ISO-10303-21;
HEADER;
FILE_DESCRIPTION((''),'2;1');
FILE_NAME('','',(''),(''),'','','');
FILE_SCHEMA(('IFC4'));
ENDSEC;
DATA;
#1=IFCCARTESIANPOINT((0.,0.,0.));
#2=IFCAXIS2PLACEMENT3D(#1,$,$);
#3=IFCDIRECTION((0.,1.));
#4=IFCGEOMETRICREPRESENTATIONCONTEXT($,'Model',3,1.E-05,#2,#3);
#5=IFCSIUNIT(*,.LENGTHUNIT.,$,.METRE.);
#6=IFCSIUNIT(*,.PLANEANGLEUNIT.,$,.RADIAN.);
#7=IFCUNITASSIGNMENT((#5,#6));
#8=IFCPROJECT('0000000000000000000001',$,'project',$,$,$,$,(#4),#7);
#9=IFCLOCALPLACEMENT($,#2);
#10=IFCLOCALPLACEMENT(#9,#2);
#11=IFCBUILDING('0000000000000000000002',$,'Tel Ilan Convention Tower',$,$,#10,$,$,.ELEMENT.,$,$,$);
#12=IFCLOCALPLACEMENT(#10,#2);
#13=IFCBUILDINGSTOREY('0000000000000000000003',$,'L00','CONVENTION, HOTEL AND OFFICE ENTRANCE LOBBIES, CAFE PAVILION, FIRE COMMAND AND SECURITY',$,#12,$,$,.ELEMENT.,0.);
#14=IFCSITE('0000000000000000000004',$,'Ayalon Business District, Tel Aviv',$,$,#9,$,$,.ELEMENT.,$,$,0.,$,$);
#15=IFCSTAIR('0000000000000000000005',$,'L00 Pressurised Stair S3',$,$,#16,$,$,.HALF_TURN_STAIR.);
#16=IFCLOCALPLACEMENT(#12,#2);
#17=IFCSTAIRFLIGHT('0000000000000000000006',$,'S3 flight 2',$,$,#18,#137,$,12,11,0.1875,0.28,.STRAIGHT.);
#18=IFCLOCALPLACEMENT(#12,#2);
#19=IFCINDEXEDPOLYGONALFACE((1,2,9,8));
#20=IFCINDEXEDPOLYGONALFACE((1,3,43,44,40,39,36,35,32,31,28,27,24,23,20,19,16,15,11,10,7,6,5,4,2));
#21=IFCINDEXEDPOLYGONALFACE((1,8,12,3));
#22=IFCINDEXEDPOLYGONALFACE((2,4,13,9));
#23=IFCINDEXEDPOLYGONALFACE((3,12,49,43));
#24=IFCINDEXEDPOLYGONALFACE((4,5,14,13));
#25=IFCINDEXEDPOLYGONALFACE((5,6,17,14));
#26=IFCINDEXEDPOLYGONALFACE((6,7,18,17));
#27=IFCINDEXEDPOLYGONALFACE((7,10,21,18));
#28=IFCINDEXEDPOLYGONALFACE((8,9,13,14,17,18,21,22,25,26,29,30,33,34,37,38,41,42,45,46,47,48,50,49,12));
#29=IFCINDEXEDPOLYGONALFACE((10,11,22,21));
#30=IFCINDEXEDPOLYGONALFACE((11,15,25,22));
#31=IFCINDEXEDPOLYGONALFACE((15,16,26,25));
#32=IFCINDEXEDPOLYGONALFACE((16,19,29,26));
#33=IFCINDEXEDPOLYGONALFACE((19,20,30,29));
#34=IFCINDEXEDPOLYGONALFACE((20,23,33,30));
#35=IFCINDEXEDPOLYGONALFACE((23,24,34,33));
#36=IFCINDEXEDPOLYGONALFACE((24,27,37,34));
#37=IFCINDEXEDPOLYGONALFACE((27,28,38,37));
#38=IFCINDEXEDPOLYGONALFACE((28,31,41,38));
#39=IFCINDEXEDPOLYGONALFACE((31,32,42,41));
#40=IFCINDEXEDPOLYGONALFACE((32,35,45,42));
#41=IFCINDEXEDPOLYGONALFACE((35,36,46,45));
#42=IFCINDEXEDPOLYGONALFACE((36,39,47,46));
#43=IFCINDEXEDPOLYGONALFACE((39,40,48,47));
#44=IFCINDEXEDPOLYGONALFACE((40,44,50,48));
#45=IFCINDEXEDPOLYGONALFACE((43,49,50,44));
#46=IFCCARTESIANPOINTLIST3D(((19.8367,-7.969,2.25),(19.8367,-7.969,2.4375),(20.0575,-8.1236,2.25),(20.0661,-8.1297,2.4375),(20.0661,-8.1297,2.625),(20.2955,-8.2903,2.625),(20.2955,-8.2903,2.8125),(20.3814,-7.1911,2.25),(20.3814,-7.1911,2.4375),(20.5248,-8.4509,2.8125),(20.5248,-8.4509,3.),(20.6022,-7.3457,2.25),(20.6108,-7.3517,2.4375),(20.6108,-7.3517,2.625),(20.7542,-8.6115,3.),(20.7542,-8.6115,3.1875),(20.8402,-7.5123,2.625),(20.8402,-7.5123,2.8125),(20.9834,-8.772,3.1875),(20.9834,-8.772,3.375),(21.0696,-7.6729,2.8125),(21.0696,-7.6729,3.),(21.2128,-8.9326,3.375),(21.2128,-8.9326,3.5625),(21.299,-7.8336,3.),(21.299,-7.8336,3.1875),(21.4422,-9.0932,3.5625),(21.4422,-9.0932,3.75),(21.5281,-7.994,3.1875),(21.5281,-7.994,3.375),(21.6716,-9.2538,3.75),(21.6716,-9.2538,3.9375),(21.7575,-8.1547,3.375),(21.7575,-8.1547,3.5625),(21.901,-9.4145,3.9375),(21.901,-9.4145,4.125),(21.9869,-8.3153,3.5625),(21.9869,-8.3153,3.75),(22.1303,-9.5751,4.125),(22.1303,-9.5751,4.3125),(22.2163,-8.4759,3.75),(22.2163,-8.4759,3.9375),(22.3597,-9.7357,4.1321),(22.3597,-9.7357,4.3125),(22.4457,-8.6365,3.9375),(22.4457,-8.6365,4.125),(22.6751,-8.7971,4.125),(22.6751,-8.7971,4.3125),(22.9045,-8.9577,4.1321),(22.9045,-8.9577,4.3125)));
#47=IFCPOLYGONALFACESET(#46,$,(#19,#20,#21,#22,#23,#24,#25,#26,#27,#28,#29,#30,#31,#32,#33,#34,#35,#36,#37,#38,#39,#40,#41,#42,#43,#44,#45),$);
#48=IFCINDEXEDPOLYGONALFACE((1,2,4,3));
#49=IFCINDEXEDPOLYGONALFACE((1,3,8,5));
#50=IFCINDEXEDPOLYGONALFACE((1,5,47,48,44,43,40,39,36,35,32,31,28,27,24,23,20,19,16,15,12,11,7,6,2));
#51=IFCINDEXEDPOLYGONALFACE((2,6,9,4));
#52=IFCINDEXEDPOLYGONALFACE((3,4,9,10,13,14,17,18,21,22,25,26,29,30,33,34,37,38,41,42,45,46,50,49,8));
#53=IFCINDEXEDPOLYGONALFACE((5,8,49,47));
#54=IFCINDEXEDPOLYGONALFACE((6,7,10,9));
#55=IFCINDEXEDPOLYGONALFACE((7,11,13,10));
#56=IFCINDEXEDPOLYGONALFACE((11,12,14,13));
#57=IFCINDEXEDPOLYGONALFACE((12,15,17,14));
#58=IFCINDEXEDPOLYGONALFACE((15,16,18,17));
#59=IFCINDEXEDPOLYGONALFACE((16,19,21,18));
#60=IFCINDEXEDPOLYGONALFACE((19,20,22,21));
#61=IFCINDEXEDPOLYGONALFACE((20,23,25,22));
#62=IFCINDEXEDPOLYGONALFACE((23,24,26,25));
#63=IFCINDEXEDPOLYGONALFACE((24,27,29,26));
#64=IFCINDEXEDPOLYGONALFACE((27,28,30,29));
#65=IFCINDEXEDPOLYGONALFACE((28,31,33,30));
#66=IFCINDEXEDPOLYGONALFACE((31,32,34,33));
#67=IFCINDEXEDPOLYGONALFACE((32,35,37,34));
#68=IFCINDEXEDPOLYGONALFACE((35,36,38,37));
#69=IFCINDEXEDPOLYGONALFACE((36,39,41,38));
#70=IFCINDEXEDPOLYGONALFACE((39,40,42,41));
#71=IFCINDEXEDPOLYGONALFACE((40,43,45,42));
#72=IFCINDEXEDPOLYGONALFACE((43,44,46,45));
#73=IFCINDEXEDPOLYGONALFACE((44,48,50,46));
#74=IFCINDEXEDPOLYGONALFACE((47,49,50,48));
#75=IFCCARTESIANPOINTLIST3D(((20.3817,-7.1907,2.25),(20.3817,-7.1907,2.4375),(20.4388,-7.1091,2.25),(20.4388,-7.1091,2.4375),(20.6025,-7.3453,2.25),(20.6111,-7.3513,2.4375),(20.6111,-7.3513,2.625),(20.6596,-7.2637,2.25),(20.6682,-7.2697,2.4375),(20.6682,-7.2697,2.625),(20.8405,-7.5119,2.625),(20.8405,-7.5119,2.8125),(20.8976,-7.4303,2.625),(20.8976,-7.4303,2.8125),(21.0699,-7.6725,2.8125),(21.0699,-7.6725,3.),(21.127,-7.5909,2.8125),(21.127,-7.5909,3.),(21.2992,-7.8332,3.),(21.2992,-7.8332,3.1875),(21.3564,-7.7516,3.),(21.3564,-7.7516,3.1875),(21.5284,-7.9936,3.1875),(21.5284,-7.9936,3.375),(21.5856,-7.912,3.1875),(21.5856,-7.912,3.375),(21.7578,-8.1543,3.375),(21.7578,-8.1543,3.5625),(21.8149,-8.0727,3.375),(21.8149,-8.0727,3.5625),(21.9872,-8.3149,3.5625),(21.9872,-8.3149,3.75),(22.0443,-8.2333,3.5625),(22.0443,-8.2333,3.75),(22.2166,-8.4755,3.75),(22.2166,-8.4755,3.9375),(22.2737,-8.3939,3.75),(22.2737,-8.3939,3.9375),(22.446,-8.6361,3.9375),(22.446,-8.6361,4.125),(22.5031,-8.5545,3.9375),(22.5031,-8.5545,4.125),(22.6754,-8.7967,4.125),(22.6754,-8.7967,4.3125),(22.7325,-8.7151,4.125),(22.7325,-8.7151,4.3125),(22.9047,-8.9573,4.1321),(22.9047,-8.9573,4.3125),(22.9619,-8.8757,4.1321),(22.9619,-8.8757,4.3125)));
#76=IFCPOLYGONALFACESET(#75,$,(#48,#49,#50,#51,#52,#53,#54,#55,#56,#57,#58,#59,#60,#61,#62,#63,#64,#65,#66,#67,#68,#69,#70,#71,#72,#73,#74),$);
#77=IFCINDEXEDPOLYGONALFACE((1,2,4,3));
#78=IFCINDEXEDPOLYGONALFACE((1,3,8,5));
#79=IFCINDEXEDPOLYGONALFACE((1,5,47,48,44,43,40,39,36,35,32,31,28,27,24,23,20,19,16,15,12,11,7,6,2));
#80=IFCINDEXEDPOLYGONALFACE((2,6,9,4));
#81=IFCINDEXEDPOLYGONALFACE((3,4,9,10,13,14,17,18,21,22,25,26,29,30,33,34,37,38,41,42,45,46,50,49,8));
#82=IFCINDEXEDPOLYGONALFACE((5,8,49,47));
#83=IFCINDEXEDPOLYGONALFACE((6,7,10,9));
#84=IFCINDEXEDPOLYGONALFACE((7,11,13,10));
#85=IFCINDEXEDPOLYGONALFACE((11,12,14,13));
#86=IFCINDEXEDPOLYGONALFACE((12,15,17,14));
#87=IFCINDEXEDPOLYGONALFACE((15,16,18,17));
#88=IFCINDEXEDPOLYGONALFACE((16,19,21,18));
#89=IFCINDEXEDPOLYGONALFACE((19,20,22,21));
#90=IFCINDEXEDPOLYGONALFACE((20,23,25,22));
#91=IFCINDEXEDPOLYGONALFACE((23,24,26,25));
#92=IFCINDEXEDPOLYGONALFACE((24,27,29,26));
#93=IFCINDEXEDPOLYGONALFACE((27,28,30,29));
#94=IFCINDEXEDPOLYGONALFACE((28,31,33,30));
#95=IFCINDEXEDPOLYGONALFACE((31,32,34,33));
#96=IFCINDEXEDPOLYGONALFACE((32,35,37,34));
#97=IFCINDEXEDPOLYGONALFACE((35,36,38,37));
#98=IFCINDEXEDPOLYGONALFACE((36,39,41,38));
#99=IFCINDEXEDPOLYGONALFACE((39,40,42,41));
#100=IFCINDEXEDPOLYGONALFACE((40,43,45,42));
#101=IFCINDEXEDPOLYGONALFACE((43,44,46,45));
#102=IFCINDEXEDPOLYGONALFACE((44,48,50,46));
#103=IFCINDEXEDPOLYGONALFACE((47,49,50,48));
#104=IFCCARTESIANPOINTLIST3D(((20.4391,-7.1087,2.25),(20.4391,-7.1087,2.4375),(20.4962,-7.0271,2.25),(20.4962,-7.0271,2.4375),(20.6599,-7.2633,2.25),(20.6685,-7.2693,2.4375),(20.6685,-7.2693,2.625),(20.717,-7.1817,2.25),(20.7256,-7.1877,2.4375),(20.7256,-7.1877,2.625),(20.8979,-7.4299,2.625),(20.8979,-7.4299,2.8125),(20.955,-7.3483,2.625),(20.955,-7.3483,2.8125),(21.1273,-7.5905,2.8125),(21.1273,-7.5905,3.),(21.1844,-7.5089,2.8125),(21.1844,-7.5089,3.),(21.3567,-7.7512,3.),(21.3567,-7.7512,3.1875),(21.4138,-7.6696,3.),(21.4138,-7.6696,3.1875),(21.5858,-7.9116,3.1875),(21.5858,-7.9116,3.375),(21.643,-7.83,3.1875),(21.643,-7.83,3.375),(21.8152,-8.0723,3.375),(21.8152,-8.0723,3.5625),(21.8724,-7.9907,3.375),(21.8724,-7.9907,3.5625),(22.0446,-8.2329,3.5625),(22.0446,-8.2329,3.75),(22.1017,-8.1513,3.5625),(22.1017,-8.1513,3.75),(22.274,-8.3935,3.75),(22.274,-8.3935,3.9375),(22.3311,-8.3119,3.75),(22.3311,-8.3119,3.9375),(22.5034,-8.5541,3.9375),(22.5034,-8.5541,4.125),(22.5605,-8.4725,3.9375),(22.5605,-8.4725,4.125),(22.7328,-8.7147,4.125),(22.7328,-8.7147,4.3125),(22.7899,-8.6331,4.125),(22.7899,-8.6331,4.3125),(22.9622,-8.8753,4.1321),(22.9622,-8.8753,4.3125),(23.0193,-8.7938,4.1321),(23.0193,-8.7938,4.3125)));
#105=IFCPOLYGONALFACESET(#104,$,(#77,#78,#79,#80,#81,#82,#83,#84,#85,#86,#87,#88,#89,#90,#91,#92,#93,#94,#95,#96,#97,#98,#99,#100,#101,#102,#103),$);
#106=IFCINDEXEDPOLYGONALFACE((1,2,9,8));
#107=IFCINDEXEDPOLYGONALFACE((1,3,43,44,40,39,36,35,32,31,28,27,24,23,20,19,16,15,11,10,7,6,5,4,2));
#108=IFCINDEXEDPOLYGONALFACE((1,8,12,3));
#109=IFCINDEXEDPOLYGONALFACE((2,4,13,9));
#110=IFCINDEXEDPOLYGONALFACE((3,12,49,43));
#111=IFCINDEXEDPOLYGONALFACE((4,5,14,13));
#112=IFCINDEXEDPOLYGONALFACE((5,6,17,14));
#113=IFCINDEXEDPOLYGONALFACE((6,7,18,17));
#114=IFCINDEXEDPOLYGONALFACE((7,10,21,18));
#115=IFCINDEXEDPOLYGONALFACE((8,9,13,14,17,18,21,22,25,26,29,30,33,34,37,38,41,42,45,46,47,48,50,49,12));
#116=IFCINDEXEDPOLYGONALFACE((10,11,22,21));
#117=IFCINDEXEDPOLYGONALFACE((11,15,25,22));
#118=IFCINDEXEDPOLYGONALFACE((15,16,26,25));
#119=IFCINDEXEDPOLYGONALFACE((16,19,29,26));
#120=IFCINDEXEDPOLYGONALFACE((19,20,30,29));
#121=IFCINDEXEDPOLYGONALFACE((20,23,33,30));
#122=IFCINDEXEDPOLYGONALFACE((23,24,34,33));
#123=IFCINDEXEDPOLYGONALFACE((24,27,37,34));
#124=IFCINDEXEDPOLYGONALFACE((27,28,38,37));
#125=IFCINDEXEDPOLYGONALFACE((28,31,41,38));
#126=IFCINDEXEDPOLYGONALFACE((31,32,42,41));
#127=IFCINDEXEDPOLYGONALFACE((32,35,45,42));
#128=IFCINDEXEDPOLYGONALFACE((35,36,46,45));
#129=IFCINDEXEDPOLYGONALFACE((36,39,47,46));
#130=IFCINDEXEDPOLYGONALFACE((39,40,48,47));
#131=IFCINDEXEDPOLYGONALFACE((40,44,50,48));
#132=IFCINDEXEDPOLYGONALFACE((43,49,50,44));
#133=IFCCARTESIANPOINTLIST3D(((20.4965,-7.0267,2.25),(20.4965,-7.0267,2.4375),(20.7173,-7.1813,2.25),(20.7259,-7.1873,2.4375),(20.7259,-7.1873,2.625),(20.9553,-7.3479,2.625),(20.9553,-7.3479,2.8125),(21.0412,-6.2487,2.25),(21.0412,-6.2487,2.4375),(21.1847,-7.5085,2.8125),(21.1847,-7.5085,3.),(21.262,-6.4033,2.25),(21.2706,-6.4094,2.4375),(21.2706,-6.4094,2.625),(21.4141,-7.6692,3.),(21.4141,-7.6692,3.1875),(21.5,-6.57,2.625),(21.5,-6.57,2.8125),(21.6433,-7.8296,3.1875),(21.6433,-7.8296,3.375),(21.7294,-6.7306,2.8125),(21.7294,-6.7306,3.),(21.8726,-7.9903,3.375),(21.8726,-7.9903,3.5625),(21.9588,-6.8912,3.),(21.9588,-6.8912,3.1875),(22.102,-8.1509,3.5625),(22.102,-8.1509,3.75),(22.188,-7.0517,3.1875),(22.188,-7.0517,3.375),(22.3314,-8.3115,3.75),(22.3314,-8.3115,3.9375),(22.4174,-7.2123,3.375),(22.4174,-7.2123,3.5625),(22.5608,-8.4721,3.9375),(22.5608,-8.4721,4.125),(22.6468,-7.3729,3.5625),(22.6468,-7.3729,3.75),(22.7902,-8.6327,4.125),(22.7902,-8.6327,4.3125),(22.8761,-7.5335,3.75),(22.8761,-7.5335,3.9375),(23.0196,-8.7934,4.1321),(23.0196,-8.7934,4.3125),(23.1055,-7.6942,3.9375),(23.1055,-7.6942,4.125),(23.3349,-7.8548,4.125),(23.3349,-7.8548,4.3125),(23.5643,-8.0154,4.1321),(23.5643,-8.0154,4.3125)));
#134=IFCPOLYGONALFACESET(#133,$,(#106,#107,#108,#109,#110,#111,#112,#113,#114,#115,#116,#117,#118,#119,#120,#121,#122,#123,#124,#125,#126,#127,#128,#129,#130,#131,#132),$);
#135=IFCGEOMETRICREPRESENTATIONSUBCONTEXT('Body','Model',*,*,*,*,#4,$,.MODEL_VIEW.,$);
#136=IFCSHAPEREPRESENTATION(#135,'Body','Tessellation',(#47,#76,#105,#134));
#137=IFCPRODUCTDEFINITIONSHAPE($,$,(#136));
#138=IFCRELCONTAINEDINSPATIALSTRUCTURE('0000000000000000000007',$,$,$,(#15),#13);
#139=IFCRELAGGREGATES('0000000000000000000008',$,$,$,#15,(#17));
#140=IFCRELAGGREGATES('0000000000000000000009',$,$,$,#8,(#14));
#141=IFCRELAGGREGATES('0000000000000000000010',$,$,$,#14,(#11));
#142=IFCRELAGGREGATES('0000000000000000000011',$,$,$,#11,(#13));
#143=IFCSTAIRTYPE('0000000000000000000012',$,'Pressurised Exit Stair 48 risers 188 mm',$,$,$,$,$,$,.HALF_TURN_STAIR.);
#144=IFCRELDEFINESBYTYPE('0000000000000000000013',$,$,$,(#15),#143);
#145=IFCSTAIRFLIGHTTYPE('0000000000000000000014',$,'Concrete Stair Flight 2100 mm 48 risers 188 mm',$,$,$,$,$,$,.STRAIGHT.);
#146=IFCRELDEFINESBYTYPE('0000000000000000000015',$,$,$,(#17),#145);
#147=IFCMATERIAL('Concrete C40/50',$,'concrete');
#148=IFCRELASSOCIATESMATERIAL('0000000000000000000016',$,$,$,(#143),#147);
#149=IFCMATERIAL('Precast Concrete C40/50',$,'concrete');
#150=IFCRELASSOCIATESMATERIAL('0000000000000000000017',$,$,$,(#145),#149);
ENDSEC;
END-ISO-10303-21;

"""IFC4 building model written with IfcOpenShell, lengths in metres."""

from ifc_helpers import new_model, si_unit, direction, frame, origin, place, context, subcontext, project, spatial, polyline, outline, extrude, material, type_object, element, aggregate, save


model = new_model("IFC4")

# Units and contexts
model_context = context("Model", 3, precision=1e-05, world=origin(), true_north=direction((0.0, 1.0)))
body_context = subcontext(model_context, "Body", "Model", "MODEL_VIEW")
ifc_project = project(units=[si_unit("LENGTHUNIT", "METRE"), si_unit("PLANEANGLEUNIT", "RADIAN")], contexts=[model_context])

# Site, building, storey
site_placement = place(None, origin())
site = spatial("IfcSite", under=ifc_project, at=site_placement, Name="Ayalon Business District, Tel Aviv", CompositionType="ELEMENT", RefElevation=0.0)
building_placement = place(site_placement, origin())
building = spatial("IfcBuilding", under=site, at=building_placement, Name="Tel Ilan Convention Tower", CompositionType="ELEMENT")
storey_placement = place(building_placement, origin())
storey = spatial("IfcBuildingStorey", under=building, at=storey_placement, Name="L00", Description="CONVENTION, HOTEL AND OFFICE ENTRANCE LOBBIES, CAFE PAVILION, FIRE COMMAND AND SECURITY", CompositionType="ELEMENT", Elevation=0.0)

# Stair, stair flight
ifc_material_1 = material(Name="Concrete C40/50", Category="concrete")
stair_type = type_object("IfcStairType", Name="Pressurised Exit Stair 48 risers 188 mm", PredefinedType="HALF_TURN_STAIR", material=ifc_material_1)
stair_placement = place(storey_placement, origin())
stair = element("IfcStair", 1, at=stair_placement, inside=storey, type_object=stair_type, Name="L00 Pressurised Stair S3", PredefinedType="HALF_TURN_STAIR")
ifc_material_2 = material(Name="Precast Concrete C40/50", Category="concrete")
stair_flight_type = type_object("IfcStairFlightType", Name="Concrete Stair Flight 2100 mm 48 risers 188 mm", PredefinedType="STRAIGHT", material=ifc_material_2)
stair_flight_1_placement = place(storey_placement, frame((20.439, -7.1089, 2.25), z_axis=(0.0, 0.0, 1.0), x_axis=(0.819152, -0.573576, 0.0)))
stair_flight_1 = element("IfcStairFlight", 2, at=stair_flight_1_placement, type_object=stair_flight_type, Name="S3 flight 2", NumberOfRisers=12, NumberOfTreads=11, PredefinedType="STRAIGHT", RiserHeight=0.1875, TreadLength=0.28, context=body_context, shape_type="SweptSolid", body=[
    extrude(outline(polyline([(0.0, 0.0), (0.0, 0.1875), (0.28, 0.1875), (0.28, 0.375), (0.5601, 0.375), (0.5601, 0.5625), (0.8401, 0.5625), (0.8401, 0.75), (1.1201, 0.75), (1.1201, 0.9375), (1.3999, 0.9375), (1.3999, 1.125), (1.6799, 1.125), (1.6799, 1.3125), (1.96, 1.3125), (1.96, 1.5), (2.24, 1.5), (2.24, 1.6875), (2.52, 1.6875), (2.52, 1.875), (2.8, 1.875), (2.8, 2.0625), (3.0801, 2.0625), (3.0801, 2.25), (3.0801, 1.8821), (0.2695, 0.0), (0.0, 0.0)])), frame((0.0, -0.1003, 0.0), z_axis=(0.0, -1.0, 0.0), x_axis=(1.0, 0.0, 0.0)), (0.0, 0.0, 1.0), 0.9497),
    extrude(outline(polyline([(0.0, 0.0), (0.0, 0.1875), (0.28, 0.1875), (0.28, 0.375), (0.5601, 0.375), (0.5601, 0.5625), (0.8401, 0.5625), (0.8401, 0.75), (1.1201, 0.75), (1.1201, 0.9375), (1.3999, 0.9375), (1.3999, 1.125), (1.6799, 1.125), (1.6799, 1.3125), (1.96, 1.3125), (1.96, 1.5), (2.24, 1.5), (2.24, 1.6875), (2.52, 1.6875), (2.52, 1.875), (2.8, 1.875), (2.8, 2.0625), (3.0801, 2.0625), (3.0801, 2.25), (3.0801, 1.8821), (0.2695, 0.0), (0.0, 0.0)])), frame((0.0, -0.0002, 0.0), z_axis=(0.0, -1.0, 0.0), x_axis=(1.0, 0.0, 0.0)), (0.0, 0.0, 1.0), 0.0996),
    extrude(outline(polyline([(0.0, 0.0), (0.0, 0.1875), (0.28, 0.1875), (0.28, 0.375), (0.5601, 0.375), (0.5601, 0.5625), (0.8401, 0.5625), (0.8401, 0.75), (1.1201, 0.75), (1.1201, 0.9375), (1.3999, 0.9375), (1.3999, 1.125), (1.6799, 1.125), (1.6799, 1.3125), (1.96, 1.3125), (1.96, 1.5), (2.24, 1.5), (2.24, 1.6875), (2.52, 1.6875), (2.52, 1.875), (2.8, 1.875), (2.8, 2.0625), (3.0801, 2.0625), (3.0801, 2.25), (3.0801, 1.8821), (0.2695, 0.0), (0.0, 0.0)])), frame((0.0, 0.0999, 0.0), z_axis=(0.0, -1.0, 0.0), x_axis=(1.0, 0.0, 0.0)), (0.0, 0.0, 1.0), 0.0996),
    extrude(outline(polyline([(0.0, 0.0), (0.0, 0.1875), (0.28, 0.1875), (0.28, 0.375), (0.5601, 0.375), (0.5601, 0.5625), (0.8401, 0.5625), (0.8401, 0.75), (1.1201, 0.75), (1.1201, 0.9375), (1.3999, 0.9375), (1.3999, 1.125), (1.6799, 1.125), (1.6799, 1.3125), (1.96, 1.3125), (1.96, 1.5), (2.24, 1.5), (2.24, 1.6875), (2.52, 1.6875), (2.52, 1.875), (2.8, 1.875), (2.8, 2.0625), (3.0801, 2.0625), (3.0801, 2.25), (3.0801, 1.8821), (0.2695, 0.0), (0.0, 0.0)])), frame((0.0, 1.05, 0.0), z_axis=(0.0, -1.0, 0.0), x_axis=(1.0, 0.0, 0.0)), (0.0, 0.0, 1.0), 0.9497),
])
aggregate(stair, [stair_flight_1])

save(model, "model.ifc")
